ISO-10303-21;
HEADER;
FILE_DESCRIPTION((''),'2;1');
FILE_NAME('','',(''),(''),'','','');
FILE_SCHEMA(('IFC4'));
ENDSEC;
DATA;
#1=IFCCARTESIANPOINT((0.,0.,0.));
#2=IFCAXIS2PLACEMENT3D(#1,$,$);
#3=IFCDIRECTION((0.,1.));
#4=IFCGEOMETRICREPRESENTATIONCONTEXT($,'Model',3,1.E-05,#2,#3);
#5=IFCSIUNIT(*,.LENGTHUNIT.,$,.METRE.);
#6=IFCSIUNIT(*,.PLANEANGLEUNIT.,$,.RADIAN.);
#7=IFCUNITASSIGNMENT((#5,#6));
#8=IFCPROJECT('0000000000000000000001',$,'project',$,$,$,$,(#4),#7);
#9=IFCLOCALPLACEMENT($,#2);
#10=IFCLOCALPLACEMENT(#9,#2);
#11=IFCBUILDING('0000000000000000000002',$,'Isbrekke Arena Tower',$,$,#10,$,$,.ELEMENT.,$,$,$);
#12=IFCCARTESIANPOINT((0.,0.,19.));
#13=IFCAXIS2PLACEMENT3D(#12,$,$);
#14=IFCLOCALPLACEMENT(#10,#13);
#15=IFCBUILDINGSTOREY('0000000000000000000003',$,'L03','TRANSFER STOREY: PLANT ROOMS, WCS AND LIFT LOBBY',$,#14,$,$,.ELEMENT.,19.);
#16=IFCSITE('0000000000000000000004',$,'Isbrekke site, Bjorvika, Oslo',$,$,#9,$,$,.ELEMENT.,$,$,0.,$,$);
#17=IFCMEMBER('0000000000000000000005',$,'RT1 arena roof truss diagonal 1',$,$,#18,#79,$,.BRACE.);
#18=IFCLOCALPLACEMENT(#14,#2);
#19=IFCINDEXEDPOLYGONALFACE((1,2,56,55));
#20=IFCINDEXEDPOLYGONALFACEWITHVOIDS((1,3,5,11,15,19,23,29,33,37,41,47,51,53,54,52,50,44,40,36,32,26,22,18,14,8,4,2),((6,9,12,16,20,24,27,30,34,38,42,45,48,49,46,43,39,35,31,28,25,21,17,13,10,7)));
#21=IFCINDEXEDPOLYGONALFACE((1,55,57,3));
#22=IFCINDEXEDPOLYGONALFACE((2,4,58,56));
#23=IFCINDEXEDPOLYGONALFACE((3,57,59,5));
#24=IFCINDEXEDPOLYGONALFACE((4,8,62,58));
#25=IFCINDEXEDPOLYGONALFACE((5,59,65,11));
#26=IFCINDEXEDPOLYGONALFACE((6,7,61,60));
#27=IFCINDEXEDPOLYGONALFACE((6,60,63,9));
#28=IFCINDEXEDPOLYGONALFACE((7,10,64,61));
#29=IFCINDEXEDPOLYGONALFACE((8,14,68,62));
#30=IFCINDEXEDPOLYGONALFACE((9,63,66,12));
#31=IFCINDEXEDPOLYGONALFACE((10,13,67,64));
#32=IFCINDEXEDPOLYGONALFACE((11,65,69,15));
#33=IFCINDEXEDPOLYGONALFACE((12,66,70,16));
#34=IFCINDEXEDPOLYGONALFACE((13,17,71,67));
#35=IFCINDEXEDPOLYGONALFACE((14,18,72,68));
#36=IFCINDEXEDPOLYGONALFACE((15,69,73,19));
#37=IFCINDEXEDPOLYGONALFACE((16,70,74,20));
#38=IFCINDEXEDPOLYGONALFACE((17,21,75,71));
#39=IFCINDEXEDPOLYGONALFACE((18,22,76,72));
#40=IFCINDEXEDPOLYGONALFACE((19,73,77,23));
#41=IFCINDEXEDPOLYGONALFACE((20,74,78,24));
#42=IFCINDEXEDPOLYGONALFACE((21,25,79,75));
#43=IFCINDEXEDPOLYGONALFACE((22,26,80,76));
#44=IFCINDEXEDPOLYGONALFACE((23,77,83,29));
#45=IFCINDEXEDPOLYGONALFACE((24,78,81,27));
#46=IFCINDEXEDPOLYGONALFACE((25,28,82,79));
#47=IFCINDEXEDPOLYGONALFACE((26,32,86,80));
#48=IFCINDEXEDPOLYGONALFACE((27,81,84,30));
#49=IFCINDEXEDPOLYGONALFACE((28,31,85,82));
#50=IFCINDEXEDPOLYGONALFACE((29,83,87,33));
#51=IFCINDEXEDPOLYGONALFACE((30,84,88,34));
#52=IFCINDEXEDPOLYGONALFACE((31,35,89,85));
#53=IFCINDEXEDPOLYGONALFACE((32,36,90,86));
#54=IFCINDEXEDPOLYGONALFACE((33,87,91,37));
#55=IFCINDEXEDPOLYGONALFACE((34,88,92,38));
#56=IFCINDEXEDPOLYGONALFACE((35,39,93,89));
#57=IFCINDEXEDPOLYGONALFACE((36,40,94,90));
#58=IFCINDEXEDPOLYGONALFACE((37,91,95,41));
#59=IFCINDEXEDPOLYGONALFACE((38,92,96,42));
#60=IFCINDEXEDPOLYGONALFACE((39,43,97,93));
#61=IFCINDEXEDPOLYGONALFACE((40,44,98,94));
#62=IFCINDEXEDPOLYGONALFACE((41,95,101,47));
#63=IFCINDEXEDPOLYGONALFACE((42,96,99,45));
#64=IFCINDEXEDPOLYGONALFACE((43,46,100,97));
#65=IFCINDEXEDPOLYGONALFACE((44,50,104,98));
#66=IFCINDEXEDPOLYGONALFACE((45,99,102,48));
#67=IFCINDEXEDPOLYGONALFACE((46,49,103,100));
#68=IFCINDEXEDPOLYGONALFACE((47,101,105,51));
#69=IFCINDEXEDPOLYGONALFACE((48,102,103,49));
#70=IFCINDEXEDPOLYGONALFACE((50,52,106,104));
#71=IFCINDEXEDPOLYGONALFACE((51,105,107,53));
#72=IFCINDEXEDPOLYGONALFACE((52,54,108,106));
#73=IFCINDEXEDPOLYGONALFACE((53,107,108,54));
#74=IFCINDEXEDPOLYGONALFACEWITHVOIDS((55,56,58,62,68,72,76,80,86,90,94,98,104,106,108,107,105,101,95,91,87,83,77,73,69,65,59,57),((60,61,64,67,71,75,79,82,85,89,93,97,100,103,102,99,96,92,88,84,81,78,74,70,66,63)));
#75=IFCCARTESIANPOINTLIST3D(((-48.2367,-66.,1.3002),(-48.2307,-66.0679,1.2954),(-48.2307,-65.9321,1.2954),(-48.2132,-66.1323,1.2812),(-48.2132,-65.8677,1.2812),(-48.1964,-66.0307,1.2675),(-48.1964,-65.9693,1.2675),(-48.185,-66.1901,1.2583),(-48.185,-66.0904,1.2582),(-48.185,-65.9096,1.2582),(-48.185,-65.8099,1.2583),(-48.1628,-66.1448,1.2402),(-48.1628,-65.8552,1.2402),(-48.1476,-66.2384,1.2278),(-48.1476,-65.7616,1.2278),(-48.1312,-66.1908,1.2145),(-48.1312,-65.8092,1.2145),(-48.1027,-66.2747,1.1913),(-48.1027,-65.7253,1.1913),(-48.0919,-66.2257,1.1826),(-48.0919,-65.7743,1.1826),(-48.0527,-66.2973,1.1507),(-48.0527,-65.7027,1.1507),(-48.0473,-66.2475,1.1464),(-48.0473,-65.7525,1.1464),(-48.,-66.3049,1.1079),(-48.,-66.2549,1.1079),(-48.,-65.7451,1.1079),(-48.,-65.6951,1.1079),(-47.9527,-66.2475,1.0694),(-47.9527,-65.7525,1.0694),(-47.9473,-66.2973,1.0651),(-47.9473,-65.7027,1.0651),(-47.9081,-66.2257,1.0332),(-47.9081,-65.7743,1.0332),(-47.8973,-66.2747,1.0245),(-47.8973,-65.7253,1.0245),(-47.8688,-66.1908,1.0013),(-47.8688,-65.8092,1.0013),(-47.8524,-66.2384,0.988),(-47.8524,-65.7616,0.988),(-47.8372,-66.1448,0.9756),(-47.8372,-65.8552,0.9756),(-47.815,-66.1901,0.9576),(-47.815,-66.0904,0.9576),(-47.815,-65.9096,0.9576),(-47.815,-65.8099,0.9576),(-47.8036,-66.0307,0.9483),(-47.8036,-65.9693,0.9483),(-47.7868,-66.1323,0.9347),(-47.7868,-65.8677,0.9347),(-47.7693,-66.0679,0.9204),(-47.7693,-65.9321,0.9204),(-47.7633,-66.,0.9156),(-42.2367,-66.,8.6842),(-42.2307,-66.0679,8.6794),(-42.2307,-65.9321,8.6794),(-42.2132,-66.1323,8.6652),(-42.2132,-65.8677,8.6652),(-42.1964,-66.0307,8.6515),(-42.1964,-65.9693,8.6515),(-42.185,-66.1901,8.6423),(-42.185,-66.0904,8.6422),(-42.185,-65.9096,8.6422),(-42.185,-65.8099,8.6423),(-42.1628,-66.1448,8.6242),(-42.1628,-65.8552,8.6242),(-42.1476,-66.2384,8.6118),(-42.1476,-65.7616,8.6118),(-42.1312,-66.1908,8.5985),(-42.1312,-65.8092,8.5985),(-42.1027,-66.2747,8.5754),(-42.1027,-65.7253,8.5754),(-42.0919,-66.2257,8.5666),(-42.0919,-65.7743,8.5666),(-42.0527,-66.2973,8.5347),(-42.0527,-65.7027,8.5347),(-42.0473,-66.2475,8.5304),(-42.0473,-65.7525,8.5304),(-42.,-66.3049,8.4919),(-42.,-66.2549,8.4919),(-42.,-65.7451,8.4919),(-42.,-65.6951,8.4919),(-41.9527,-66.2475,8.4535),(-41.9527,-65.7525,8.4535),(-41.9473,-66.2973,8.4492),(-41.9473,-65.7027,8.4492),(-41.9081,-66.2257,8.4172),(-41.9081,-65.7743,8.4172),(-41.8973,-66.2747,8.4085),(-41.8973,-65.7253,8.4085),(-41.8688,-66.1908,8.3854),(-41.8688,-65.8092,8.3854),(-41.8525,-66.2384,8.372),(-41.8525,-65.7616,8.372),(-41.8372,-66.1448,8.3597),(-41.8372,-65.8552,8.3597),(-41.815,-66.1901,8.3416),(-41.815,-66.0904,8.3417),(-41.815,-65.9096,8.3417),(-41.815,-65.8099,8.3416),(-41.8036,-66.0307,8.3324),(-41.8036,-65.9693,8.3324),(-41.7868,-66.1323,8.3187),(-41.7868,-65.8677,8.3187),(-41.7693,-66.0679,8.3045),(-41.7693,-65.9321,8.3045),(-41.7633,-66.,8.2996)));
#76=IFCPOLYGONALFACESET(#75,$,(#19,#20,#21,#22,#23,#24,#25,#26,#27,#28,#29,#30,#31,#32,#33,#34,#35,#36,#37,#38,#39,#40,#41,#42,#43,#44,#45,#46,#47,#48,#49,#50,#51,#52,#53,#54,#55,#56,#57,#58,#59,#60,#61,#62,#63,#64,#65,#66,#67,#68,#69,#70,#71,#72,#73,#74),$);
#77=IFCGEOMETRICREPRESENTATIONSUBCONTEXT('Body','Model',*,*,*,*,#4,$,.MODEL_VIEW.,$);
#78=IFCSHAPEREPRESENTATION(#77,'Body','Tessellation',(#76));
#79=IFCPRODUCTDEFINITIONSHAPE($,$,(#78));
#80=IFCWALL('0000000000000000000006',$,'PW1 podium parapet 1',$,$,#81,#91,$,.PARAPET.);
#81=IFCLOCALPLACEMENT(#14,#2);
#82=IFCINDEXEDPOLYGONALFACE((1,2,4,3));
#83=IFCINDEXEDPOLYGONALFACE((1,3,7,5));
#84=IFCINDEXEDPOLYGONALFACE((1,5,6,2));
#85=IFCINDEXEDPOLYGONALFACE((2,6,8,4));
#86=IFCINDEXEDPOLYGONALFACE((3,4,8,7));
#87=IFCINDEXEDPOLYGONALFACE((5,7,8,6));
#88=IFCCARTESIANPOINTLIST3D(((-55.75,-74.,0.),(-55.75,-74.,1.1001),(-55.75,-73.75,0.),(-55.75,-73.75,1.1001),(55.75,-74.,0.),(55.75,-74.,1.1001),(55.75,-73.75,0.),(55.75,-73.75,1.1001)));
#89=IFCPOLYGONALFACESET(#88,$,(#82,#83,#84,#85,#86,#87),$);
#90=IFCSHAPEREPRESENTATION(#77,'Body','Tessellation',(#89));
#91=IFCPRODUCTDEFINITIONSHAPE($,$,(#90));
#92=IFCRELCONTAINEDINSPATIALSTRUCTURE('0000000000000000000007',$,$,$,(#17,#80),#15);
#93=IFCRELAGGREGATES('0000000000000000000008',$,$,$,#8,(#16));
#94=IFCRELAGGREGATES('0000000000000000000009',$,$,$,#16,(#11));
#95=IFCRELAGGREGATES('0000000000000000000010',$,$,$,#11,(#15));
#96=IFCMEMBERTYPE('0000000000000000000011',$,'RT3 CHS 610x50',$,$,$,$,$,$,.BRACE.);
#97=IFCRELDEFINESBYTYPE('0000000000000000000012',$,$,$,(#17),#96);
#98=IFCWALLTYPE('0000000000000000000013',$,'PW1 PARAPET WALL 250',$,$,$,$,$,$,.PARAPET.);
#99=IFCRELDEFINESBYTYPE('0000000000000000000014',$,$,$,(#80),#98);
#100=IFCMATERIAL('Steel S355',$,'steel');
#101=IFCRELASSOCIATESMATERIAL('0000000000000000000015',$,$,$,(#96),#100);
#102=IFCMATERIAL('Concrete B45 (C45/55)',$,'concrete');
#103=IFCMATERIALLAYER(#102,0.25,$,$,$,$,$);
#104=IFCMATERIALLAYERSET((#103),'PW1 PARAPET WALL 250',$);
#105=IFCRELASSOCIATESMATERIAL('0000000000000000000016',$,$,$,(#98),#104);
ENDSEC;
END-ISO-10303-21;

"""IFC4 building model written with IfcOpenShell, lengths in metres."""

from ifc_helpers import new_model, si_unit, direction, frame, frame_2d, origin, origin_2d, place, context, subcontext, project, spatial, rectangle, hollow_circle, extrude, material, layer, layer_set, material_profile, profile_set, type_object, element, save


model = new_model("IFC4")

# Units and contexts
model_context = context("Model", 3, precision=1e-05, world=origin(), true_north=direction((0.0, 1.0)))
body_context = subcontext(model_context, "Body", "Model", "MODEL_VIEW")
ifc_project = project(units=[si_unit("LENGTHUNIT", "METRE"), si_unit("PLANEANGLEUNIT", "RADIAN")], contexts=[model_context])

# Site, building, storey
site_placement = place(None, origin())
site = spatial("IfcSite", under=ifc_project, at=site_placement, Name="Isbrekke site, Bjorvika, Oslo", CompositionType="ELEMENT", RefElevation=0.0)
building_placement = place(site_placement, origin())
building = spatial("IfcBuilding", under=site, at=building_placement, Name="Isbrekke Arena Tower", CompositionType="ELEMENT")
storey_placement = place(building_placement, frame((0.0, 0.0, 19.0)))
storey = spatial("IfcBuildingStorey", under=building, at=storey_placement, Name="L03", Description="TRANSFER STOREY: PLANT ROOMS, WCS AND LIFT LOBBY", CompositionType="ELEMENT", Elevation=19.0)

# Member
ifc_material_1 = material(Name="Steel S355", Category="steel")
ifc_material_profile_1 = material_profile(ifc_material_1, hollow_circle(Radius=0.3049, WallThickness=0.05, at=origin_2d()), Name="CHS 610x50")
ifc_profile_set_1 = profile_set([ifc_material_profile_1], Name="Steel S355")
member_type_1 = type_object("IfcMemberType", Name="RT3 CHS 610x50", PredefinedType="BRACE", material=ifc_profile_set_1)
member_1_placement = place(storey_placement, frame((-48.0, -66.0, 1.1079), z_axis=(0.630623, 0.0, 0.77609), x_axis=(0.0, 1.0, 0.0)))
element("IfcMember", 1, at=member_1_placement, inside=storey, type_object=member_type_1, Name="RT1 arena roof truss diagonal 1", PredefinedType="BRACE", context=body_context, shape_type="SweptSolid", body=[
    extrude(hollow_circle(Radius=0.3049, WallThickness=0.05, at=origin_2d()), origin(), (0.0, 0.0, 1.0), 9.5144),
])

# Wall
ifc_material_2 = material(Name="Concrete B45 (C45/55)", Category="concrete")
ifc_layer_1 = layer(ifc_material_2, 0.25)
ifc_layer_set_1 = layer_set([ifc_layer_1], Name="PW1 PARAPET WALL 250")
wall_type_1 = type_object("IfcWallType", Name="PW1 PARAPET WALL 250", PredefinedType="PARAPET", material=ifc_layer_set_1)
wall_1_placement = place(storey_placement, frame((-55.75, -73.875, 0.0), z_axis=(0.0, 0.0, 1.0), x_axis=(1.0, 0.0, 0.0)))
element("IfcWall", 2, at=wall_1_placement, inside=storey, type_object=wall_type_1, Name="PW1 podium parapet 1", PredefinedType="PARAPET", context=body_context, shape_type="SweptSolid", body=[
    extrude(rectangle(XDim=111.5, YDim=0.25, at=frame_2d((55.75, 0.0))), origin(), (0.0, 0.0, 1.0), 1.1001),
])

save(model, "model.ifc")
